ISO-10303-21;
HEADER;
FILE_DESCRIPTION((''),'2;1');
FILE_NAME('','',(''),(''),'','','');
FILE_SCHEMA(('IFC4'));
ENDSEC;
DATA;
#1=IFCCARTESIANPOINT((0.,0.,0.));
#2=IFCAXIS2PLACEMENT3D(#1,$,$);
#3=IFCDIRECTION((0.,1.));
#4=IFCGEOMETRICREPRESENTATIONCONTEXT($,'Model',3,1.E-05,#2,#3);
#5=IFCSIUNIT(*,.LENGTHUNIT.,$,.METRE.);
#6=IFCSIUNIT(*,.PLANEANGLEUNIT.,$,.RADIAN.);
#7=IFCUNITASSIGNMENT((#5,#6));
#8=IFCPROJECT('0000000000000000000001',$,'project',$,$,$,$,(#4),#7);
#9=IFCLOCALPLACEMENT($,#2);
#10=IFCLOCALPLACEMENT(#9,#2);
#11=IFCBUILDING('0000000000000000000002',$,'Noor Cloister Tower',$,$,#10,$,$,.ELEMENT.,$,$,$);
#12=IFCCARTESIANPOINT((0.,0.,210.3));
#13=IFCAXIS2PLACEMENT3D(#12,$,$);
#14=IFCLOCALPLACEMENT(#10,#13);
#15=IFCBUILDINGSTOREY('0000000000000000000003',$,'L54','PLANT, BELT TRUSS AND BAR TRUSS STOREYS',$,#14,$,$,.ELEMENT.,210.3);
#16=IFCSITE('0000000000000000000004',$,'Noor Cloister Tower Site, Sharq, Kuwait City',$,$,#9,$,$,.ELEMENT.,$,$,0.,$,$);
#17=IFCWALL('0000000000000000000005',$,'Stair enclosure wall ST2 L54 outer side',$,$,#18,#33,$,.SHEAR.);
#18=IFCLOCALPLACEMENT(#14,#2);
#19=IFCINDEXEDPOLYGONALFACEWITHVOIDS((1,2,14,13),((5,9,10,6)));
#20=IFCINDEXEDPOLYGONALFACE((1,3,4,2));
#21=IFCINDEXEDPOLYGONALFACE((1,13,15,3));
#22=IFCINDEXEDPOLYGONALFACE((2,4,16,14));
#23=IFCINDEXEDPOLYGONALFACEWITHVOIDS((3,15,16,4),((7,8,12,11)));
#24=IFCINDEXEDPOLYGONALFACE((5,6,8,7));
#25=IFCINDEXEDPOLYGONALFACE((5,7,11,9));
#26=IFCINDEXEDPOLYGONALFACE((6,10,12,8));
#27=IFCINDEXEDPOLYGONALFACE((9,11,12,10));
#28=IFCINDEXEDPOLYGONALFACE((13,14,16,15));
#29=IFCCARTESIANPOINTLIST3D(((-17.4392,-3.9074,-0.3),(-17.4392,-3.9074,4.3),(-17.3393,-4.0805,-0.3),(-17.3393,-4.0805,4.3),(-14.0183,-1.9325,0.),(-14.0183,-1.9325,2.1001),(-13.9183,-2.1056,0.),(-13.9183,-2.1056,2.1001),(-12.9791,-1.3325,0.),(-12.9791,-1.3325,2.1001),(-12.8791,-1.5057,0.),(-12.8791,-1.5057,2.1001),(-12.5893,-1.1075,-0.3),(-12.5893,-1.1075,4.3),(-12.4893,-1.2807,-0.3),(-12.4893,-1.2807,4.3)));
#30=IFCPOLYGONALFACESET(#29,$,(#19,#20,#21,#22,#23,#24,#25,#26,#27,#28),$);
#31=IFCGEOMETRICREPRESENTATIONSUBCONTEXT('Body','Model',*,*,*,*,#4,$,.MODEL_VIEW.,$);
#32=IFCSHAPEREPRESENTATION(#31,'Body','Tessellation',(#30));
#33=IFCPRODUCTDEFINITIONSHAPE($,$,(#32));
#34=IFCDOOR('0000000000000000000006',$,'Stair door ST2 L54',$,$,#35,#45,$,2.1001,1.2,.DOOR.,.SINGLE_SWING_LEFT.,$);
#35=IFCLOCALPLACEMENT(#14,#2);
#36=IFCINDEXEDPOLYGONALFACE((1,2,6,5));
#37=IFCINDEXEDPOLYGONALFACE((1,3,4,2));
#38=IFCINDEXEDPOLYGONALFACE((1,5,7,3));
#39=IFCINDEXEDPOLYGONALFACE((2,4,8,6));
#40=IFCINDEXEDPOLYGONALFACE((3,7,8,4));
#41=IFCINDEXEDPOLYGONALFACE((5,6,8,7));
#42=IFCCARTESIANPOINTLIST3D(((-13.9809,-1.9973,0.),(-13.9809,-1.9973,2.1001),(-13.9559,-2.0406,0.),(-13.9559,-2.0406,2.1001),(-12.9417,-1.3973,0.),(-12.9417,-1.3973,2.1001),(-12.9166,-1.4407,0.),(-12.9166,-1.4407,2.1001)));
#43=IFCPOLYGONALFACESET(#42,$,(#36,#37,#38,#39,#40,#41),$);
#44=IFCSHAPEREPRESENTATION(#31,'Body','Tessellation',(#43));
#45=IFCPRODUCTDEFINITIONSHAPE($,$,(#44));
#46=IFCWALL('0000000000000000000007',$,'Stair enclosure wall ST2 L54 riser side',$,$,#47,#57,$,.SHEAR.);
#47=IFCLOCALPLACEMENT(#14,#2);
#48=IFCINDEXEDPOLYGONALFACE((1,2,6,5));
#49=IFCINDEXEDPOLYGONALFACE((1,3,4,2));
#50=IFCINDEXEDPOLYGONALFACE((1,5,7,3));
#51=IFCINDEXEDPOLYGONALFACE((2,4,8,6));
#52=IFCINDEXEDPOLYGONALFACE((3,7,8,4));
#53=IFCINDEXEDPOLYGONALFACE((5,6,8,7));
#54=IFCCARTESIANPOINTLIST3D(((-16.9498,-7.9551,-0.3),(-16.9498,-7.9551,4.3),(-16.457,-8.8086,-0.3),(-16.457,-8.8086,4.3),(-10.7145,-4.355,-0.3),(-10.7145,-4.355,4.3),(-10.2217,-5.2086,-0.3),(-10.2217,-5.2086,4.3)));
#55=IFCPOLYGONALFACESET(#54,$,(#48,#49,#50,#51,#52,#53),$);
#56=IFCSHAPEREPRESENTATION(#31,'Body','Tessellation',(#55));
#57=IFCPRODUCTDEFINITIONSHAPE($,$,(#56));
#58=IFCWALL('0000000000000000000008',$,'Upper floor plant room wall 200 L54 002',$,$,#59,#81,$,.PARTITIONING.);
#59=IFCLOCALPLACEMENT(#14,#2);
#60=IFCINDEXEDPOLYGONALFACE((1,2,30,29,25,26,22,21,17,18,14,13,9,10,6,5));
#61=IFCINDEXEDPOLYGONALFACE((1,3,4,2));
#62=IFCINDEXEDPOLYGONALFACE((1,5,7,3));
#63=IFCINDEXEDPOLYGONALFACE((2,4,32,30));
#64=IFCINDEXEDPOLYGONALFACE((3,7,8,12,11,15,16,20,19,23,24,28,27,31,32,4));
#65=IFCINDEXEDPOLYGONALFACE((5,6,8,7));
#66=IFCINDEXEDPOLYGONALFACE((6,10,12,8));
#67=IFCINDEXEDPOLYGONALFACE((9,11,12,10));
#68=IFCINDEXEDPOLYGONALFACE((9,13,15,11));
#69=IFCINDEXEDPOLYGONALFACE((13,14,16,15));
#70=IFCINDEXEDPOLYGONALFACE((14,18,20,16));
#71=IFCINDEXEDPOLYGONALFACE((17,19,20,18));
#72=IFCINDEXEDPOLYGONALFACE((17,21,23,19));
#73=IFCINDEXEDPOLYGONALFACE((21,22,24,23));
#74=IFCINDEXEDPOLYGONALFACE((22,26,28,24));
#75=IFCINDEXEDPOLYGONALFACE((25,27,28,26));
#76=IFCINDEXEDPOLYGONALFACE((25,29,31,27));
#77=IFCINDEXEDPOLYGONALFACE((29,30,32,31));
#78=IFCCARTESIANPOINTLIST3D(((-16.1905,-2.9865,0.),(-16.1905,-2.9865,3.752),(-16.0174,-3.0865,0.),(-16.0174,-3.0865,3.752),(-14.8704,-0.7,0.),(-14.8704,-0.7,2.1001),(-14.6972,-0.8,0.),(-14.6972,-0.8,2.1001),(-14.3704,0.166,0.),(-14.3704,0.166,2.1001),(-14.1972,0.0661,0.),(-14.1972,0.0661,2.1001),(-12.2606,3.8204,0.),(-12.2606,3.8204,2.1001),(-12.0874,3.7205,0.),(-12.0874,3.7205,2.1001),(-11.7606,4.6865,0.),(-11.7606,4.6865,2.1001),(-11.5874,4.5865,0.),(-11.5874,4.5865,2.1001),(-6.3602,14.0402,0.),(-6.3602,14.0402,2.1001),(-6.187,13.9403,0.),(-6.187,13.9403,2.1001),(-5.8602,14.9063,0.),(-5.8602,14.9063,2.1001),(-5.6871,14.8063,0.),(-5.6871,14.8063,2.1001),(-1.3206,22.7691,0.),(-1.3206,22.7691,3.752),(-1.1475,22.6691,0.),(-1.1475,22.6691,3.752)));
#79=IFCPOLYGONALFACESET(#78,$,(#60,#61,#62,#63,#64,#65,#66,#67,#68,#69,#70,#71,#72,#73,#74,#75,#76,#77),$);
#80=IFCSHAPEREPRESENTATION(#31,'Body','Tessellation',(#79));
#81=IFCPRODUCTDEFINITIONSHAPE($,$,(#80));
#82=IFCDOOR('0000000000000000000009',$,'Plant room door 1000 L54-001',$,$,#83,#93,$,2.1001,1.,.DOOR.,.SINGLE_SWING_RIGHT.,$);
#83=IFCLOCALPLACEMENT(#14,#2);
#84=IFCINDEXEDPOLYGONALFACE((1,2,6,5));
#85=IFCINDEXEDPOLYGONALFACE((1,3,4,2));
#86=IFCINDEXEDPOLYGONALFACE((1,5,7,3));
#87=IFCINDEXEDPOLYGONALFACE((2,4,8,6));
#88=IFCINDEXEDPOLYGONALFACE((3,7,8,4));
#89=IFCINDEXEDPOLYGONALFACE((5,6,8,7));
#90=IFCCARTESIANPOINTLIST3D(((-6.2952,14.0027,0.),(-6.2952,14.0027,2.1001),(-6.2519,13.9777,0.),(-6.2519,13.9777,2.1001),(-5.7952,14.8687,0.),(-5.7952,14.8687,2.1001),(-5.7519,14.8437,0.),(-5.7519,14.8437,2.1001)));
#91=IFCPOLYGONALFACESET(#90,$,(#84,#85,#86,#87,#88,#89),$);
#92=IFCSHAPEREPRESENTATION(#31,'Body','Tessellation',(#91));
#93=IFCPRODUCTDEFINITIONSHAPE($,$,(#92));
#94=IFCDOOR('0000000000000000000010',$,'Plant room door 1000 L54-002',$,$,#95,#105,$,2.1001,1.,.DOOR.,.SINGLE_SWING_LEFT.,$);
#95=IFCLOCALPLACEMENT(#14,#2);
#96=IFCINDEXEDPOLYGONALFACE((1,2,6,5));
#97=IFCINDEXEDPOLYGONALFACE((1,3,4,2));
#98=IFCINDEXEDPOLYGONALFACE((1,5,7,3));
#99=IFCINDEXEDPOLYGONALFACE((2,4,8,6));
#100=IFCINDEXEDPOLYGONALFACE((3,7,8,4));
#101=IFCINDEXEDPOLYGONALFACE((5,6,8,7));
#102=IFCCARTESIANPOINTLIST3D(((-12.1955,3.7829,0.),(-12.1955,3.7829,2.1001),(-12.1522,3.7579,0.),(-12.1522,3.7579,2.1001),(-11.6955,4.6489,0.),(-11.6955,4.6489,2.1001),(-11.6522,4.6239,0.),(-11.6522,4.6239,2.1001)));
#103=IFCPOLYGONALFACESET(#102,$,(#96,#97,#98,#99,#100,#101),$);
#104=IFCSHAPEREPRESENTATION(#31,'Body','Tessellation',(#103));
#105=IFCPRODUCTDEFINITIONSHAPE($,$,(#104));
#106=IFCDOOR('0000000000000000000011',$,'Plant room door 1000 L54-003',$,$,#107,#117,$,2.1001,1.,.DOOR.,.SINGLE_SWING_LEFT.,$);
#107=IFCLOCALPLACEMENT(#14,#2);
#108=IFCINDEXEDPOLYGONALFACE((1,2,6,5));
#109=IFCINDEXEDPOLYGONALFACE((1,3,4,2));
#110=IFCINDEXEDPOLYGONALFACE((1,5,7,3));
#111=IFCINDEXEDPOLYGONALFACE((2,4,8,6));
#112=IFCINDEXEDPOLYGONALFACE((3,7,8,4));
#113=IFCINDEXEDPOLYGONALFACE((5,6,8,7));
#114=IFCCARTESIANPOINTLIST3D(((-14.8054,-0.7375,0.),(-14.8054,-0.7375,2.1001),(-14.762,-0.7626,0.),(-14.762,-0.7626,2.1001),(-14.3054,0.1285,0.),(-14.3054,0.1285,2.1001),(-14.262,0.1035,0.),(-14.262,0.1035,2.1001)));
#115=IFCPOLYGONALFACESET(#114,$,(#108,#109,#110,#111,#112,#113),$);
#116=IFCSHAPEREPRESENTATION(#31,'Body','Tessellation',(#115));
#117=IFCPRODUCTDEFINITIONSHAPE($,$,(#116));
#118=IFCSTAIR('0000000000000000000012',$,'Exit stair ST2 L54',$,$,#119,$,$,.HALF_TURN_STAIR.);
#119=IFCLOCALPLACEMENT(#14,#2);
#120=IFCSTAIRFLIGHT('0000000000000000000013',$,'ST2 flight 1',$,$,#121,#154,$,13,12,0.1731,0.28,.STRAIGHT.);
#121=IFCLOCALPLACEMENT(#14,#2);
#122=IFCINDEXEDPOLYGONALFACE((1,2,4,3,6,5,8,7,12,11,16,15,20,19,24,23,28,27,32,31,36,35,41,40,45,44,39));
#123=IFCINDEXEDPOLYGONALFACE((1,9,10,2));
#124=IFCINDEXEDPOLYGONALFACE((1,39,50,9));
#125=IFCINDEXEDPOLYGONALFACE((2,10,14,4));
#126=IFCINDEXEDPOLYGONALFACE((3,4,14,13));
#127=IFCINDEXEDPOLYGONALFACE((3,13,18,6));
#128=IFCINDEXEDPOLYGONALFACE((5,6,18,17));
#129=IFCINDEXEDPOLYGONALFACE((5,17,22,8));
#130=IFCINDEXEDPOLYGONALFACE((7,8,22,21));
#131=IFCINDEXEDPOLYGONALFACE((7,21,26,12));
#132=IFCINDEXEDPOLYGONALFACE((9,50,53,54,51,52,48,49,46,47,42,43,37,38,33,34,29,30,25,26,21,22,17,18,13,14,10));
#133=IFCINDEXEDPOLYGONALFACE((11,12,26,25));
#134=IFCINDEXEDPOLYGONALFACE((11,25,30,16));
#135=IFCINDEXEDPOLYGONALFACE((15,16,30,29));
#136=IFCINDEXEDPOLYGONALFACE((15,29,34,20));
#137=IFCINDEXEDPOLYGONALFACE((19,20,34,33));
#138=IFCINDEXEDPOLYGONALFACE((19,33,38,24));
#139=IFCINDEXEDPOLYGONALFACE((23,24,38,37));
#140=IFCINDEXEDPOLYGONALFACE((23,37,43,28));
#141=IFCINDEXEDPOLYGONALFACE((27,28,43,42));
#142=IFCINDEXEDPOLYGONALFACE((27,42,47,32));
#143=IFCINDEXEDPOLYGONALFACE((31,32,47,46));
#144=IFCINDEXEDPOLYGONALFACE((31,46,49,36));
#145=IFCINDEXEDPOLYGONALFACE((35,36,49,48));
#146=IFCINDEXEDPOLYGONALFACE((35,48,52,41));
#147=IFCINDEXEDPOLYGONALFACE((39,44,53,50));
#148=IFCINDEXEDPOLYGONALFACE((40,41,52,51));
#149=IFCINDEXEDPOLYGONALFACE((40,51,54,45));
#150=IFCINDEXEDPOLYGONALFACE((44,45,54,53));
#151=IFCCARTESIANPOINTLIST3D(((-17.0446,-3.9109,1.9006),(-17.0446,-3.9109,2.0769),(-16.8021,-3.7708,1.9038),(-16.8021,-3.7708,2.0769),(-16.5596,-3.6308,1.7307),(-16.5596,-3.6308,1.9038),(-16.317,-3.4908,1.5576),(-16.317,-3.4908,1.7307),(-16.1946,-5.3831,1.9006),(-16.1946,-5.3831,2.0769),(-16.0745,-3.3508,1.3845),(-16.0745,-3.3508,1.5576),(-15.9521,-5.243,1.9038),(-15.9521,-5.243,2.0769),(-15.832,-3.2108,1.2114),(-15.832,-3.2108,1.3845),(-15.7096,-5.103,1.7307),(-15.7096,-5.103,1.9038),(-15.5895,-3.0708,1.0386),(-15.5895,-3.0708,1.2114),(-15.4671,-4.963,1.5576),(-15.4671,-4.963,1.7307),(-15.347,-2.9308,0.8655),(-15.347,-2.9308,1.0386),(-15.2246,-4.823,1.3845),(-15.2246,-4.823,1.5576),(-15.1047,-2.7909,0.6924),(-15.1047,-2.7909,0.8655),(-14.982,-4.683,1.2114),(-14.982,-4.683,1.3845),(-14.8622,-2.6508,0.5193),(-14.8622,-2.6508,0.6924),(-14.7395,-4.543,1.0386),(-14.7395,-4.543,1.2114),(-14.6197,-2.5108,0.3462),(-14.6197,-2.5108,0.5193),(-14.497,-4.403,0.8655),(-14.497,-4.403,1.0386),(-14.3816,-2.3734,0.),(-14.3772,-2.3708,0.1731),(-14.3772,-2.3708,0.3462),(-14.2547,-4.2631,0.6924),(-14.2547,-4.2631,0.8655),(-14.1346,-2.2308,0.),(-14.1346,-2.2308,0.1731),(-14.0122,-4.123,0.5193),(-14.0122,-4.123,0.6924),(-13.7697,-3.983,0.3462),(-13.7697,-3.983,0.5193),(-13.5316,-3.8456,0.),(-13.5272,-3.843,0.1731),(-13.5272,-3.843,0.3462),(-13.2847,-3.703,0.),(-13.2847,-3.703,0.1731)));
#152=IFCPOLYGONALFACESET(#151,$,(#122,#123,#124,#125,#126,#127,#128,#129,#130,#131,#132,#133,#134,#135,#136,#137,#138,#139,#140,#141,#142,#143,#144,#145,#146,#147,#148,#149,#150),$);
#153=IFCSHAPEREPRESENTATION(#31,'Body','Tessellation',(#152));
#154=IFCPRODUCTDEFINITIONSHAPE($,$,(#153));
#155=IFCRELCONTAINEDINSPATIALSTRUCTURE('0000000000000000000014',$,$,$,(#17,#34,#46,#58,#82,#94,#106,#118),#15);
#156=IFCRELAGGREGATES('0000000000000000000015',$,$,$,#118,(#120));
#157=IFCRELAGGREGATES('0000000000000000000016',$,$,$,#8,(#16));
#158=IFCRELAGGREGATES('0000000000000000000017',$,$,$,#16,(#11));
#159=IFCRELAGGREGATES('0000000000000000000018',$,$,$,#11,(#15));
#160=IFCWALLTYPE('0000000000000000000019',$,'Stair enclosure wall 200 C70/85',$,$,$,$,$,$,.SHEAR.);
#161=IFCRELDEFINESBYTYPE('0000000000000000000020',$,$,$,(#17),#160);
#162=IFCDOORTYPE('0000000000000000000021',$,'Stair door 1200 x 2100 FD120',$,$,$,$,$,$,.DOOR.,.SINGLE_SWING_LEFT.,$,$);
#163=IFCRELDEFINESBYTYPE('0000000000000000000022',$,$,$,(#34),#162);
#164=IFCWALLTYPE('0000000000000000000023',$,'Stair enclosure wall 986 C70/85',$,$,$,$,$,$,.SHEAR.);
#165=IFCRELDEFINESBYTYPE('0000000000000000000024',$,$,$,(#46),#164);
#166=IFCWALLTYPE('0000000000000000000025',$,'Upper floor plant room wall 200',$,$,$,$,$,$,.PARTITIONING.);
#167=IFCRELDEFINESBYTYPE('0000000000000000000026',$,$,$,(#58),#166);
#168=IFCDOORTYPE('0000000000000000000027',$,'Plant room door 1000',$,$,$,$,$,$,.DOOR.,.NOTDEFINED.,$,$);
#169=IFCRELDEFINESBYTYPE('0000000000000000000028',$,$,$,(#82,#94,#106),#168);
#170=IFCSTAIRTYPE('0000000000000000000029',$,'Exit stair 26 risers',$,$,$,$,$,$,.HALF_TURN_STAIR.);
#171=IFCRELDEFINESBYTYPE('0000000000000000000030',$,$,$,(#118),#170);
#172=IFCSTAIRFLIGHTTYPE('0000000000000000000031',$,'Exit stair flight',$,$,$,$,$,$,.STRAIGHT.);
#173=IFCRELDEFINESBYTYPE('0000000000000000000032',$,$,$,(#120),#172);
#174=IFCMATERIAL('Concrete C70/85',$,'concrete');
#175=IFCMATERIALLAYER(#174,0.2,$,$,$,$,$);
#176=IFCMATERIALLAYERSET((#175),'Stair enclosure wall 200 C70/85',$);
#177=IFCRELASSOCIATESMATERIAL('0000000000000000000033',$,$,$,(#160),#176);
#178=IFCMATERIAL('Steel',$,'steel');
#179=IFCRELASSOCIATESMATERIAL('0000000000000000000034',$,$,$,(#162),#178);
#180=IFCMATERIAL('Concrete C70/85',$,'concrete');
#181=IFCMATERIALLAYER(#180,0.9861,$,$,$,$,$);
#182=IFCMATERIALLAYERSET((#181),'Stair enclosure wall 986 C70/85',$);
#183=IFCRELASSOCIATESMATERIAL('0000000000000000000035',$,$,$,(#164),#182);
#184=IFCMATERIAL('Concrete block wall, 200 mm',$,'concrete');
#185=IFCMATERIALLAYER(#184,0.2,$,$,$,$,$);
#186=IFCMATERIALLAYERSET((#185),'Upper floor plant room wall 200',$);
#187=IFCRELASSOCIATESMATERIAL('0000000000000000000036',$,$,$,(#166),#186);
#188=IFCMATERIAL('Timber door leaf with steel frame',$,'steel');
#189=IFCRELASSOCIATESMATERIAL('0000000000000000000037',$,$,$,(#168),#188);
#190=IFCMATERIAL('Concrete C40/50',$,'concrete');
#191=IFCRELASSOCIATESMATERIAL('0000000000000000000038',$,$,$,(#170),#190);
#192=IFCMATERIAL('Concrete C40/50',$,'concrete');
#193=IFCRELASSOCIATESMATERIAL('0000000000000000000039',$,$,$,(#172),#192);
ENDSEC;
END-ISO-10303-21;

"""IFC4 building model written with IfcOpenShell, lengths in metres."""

from ifc_helpers import new_model, si_unit, direction, frame, frame_2d, origin, place, context, subcontext, project, spatial, polyline, rectangle, outline, extrude, material, layer, layer_set, type_object, element, fill, aggregate, save


model = new_model("IFC4")

# Units and contexts
model_context = context("Model", 3, precision=1e-05, world=origin(), true_north=direction((0.0, 1.0)))
body_context = subcontext(model_context, "Body", "Model", "MODEL_VIEW")
ifc_project = project(units=[si_unit("LENGTHUNIT", "METRE"), si_unit("PLANEANGLEUNIT", "RADIAN")], contexts=[model_context])

# Site, building, storey
site_placement = place(None, origin())
site = spatial("IfcSite", under=ifc_project, at=site_placement, Name="Noor Cloister Tower Site, Sharq, Kuwait City", CompositionType="ELEMENT", RefElevation=0.0)
building_placement = place(site_placement, origin())
building = spatial("IfcBuilding", under=site, at=building_placement, Name="Noor Cloister Tower", CompositionType="ELEMENT")
storey_placement = place(building_placement, frame((0.0, 0.0, 210.3)))
storey = spatial("IfcBuildingStorey", under=building, at=storey_placement, Name="L54", Description="PLANT, BELT TRUSS AND BAR TRUSS STOREYS", CompositionType="ELEMENT", Elevation=210.3)

# Wall, opening, door
ifc_material_1 = material(Name="Concrete C70/85", Category="concrete")
ifc_layer_1 = layer(ifc_material_1, 0.2)
ifc_layer_set_1 = layer_set([ifc_layer_1], Name="Stair enclosure wall 200 C70/85")
wall_type_1 = type_object("IfcWallType", Name="Stair enclosure wall 200 C70/85", PredefinedType="SHEAR", material=ifc_layer_set_1)
ifc_material_2 = material(Name="Steel", Category="steel")
door_type_1 = type_object("IfcDoorType", Name="Stair door 1200 x 2100 FD120", OperationType="SINGLE_SWING_LEFT", PredefinedType="DOOR", material=ifc_material_2)
wall_1_placement = place(storey_placement, frame((-12.5393, -1.1941, -0.3), z_axis=(0.0, 0.0, 1.0), x_axis=(-0.866045, -0.499965, 0.0)))
wall_1 = element("IfcWall", 1, at=wall_1_placement, inside=storey, type_object=wall_type_1, Name="Stair enclosure wall ST2 L54 outer side", PredefinedType="SHEAR", context=body_context, shape_type="SweptSolid", body=[
    extrude(rectangle(XDim=5.6001, YDim=0.2, at=frame_2d((2.8, 0.0))), origin(), (0.0, 0.0, 1.0), 4.6001),
])
opening_1_placement = place(wall_1_placement, frame((0.45, 0.0, 0.3)))
opening_1 = element("IfcOpeningElement", 2, at=opening_1_placement, cuts=wall_1, PredefinedType="OPENING", context=body_context, shape_type="SweptSolid", body=[
    extrude(rectangle(XDim=1.2, YDim=2.1001, at=frame_2d((0.6001, 1.05))), frame((0.0, 0.1099, 0.0), z_axis=(0.0, -1.0, 0.0), x_axis=(1.0, 0.0, 0.0)), (0.0, 0.0, 1.0), 0.22),
])
door_1_placement = place(opening_1_placement, origin())
door_1 = element("IfcDoor", 3, at=door_1_placement, inside=storey, type_object=door_type_1, Name="Stair door ST2 L54", OperationType="SINGLE_SWING_LEFT", OverallHeight=2.1001, OverallWidth=1.2, PredefinedType="DOOR", context=body_context, shape_type="SweptSolid", body=[
    extrude(rectangle(XDim=1.2, YDim=2.1001, at=frame_2d((0.6001, 1.05))), frame((0.0, 0.0249, 0.0), z_axis=(0.0, -1.0, 0.0), x_axis=(1.0, 0.0, 0.0)), (0.0, 0.0, 1.0), 0.05),
])
fill(opening_1, door_1)

# Wall
ifc_material_3 = material(Name="Concrete C70/85", Category="concrete")
ifc_layer_2 = layer(ifc_material_3, 0.9861)
ifc_layer_set_2 = layer_set([ifc_layer_2], Name="Stair enclosure wall 986 C70/85")
wall_type_2 = type_object("IfcWallType", Name="Stair enclosure wall 986 C70/85", PredefinedType="SHEAR", material=ifc_layer_set_2)
wall_2_placement = place(storey_placement, frame((-10.468, -4.7817, -0.3), z_axis=(0.0, 0.0, 1.0), x_axis=(-0.866018, -0.500012, 0.0)))
element("IfcWall", 4, at=wall_2_placement, inside=storey, type_object=wall_type_2, Name="Stair enclosure wall ST2 L54 riser side", PredefinedType="SHEAR", context=body_context, shape_type="SweptSolid", body=[
    extrude(rectangle(XDim=7.2, YDim=0.9856, at=frame_2d((3.6001, 0.0))), origin(), (0.0, 0.0, 1.0), 4.6001),
])

# Wall, openings, doors
ifc_material_4 = material(Name="Concrete block wall, 200 mm", Category="concrete")
ifc_layer_3 = layer(ifc_material_4, 0.2)
ifc_layer_set_3 = layer_set([ifc_layer_3], Name="Upper floor plant room wall 200")
wall_type_3 = type_object("IfcWallType", Name="Upper floor plant room wall 200", PredefinedType="PARTITIONING", material=ifc_layer_set_3)
wall_3_placement = place(storey_placement, frame((-16.104, -3.0366, 0.0), z_axis=(0.0, 0.0, 1.0), x_axis=(0.499997, 0.866027, 0.0)))
wall_3 = element("IfcWall", 5, at=wall_3_placement, inside=storey, type_object=wall_type_3, Name="Upper floor plant room wall 200 L54 002", PredefinedType="PARTITIONING", context=body_context, shape_type="SweptSolid", body=[
    extrude(rectangle(XDim=29.74, YDim=0.2, at=frame_2d((14.8701, 0.0))), origin(), (0.0, 0.0, 1.0), 3.752),
])
opening_2_placement = place(wall_3_placement, frame((19.6609, 0.0, 0.0)))
opening_2 = element("IfcOpeningElement", 6, at=opening_2_placement, cuts=wall_3, PredefinedType="OPENING", context=body_context, shape_type="SweptSolid", body=[
    extrude(rectangle(XDim=1.0, YDim=2.1001, at=frame_2d((0.5, 1.05))), frame((0.0, 0.1099, 0.0), z_axis=(0.0, -1.0, 0.0), x_axis=(1.0, 0.0, 0.0)), (0.0, 0.0, 1.0), 0.22),
])
opening_3_placement = place(wall_3_placement, frame((7.8601, 0.0, 0.0)))
opening_3 = element("IfcOpeningElement", 7, at=opening_3_placement, cuts=wall_3, PredefinedType="OPENING", context=body_context, shape_type="SweptSolid", body=[
    extrude(rectangle(XDim=1.0, YDim=2.1001, at=frame_2d((0.5, 1.05))), frame((0.0, 0.1099, 0.0), z_axis=(0.0, -1.0, 0.0), x_axis=(1.0, 0.0, 0.0)), (0.0, 0.0, 1.0), 0.22),
])
opening_4_placement = place(wall_3_placement, frame((2.6404, 0.0, 0.0)))
opening_4 = element("IfcOpeningElement", 8, at=opening_4_placement, cuts=wall_3, PredefinedType="OPENING", context=body_context, shape_type="SweptSolid", body=[
    extrude(rectangle(XDim=1.0, YDim=2.1001, at=frame_2d((0.5, 1.05))), frame((0.0, 0.1099, 0.0), z_axis=(0.0, -1.0, 0.0), x_axis=(1.0, 0.0, 0.0)), (0.0, 0.0, 1.0), 0.22),
])
ifc_material_5 = material(Name="Timber door leaf with steel frame", Category="steel")
door_type_2 = type_object("IfcDoorType", Name="Plant room door 1000", OperationType="NOTDEFINED", PredefinedType="DOOR", material=ifc_material_5)
door_2_placement = place(opening_2_placement, origin())
door_2 = element("IfcDoor", 9, at=door_2_placement, inside=storey, type_object=door_type_2, Name="Plant room door 1000 L54-001", OperationType="SINGLE_SWING_RIGHT", OverallHeight=2.1001, OverallWidth=1.0, PredefinedType="DOOR", context=body_context, shape_type="SweptSolid", body=[
    extrude(rectangle(XDim=1.0, YDim=2.1001, at=frame_2d((0.5, 1.05))), frame((0.0, 0.0249, 0.0), z_axis=(0.0, -1.0, 0.0), x_axis=(1.0, 0.0, 0.0)), (0.0, 0.0, 1.0), 0.05),
])
fill(opening_2, door_2)
door_3_placement = place(opening_3_placement, origin())
door_3 = element("IfcDoor", 10, at=door_3_placement, inside=storey, type_object=door_type_2, Name="Plant room door 1000 L54-002", OperationType="SINGLE_SWING_LEFT", OverallHeight=2.1001, OverallWidth=1.0, PredefinedType="DOOR", context=body_context, shape_type="SweptSolid", body=[
    extrude(rectangle(XDim=1.0, YDim=2.1001, at=frame_2d((0.5, 1.05))), frame((0.0, 0.0249, 0.0), z_axis=(0.0, -1.0, 0.0), x_axis=(1.0, 0.0, 0.0)), (0.0, 0.0, 1.0), 0.05),
])
fill(opening_3, door_3)
door_4_placement = place(opening_4_placement, origin())
door_4 = element("IfcDoor", 11, at=door_4_placement, inside=storey, type_object=door_type_2, Name="Plant room door 1000 L54-003", OperationType="SINGLE_SWING_LEFT", OverallHeight=2.1001, OverallWidth=1.0, PredefinedType="DOOR", context=body_context, shape_type="SweptSolid", body=[
    extrude(rectangle(XDim=1.0, YDim=2.1001, at=frame_2d((0.5, 1.05))), frame((0.0, 0.0249, 0.0), z_axis=(0.0, -1.0, 0.0), x_axis=(1.0, 0.0, 0.0)), (0.0, 0.0, 1.0), 0.05),
])
fill(opening_4, door_4)

# Stair, stair flight
ifc_material_6 = material(Name="Concrete C40/50", Category="concrete")
stair_type = type_object("IfcStairType", Name="Exit stair 26 risers", PredefinedType="HALF_TURN_STAIR", material=ifc_material_6)
stair_placement = place(storey_placement, origin())
stair = element("IfcStair", 12, at=stair_placement, inside=storey, type_object=stair_type, Name="Exit stair ST2 L54", PredefinedType="HALF_TURN_STAIR")
ifc_material_7 = material(Name="Concrete C40/50", Category="concrete")
stair_flight_type = type_object("IfcStairFlightType", Name="Exit stair flight", PredefinedType="STRAIGHT", material=ifc_material_7)
stair_flight_1_placement = place(storey_placement, frame((-13.7097, -2.9668, 0.0), z_axis=(0.0, 0.0, 1.0), x_axis=(-0.866025, -0.5, 0.0)))
stair_flight_1 = element("IfcStairFlight", 13, at=stair_flight_1_placement, type_object=stair_flight_type, Name="ST2 flight 1", NumberOfRisers=13, NumberOfTreads=12, PredefinedType="STRAIGHT", RiserHeight=0.1731, TreadLength=0.28, context=body_context, shape_type="SweptSolid", body=[
    extrude(outline(polyline([(0.0, 0.0), (0.0, 0.1731), (0.28, 0.1731), (0.28, 0.3462), (0.5601, 0.3462), (0.5601, 0.5193), (0.8401, 0.5193), (0.8401, 0.6924), (1.1201, 0.6924), (1.1201, 0.8655), (1.3999, 0.8655), (1.3999, 1.0386), (1.6799, 1.0386), (1.6799, 1.2114), (1.96, 1.2114), (1.96, 1.3845), (2.24, 1.3845), (2.24, 1.5576), (2.52, 1.5576), (2.52, 1.7307), (2.8, 1.7307), (2.8, 1.9038), (3.0801, 1.9038), (3.0801, 2.0769), (3.3601, 2.0769), (3.3601, 2.25), (3.3601, 1.9006), (0.2852, 0.0), (0.0, 0.0)])), frame((0.0, 0.8501, 0.0), z_axis=(0.0, -1.0, 0.0), x_axis=(1.0, 0.0, 0.0)), (0.0, 0.0, 1.0), 1.7),
])
aggregate(stair, [stair_flight_1])

save(model, "model.ifc")
